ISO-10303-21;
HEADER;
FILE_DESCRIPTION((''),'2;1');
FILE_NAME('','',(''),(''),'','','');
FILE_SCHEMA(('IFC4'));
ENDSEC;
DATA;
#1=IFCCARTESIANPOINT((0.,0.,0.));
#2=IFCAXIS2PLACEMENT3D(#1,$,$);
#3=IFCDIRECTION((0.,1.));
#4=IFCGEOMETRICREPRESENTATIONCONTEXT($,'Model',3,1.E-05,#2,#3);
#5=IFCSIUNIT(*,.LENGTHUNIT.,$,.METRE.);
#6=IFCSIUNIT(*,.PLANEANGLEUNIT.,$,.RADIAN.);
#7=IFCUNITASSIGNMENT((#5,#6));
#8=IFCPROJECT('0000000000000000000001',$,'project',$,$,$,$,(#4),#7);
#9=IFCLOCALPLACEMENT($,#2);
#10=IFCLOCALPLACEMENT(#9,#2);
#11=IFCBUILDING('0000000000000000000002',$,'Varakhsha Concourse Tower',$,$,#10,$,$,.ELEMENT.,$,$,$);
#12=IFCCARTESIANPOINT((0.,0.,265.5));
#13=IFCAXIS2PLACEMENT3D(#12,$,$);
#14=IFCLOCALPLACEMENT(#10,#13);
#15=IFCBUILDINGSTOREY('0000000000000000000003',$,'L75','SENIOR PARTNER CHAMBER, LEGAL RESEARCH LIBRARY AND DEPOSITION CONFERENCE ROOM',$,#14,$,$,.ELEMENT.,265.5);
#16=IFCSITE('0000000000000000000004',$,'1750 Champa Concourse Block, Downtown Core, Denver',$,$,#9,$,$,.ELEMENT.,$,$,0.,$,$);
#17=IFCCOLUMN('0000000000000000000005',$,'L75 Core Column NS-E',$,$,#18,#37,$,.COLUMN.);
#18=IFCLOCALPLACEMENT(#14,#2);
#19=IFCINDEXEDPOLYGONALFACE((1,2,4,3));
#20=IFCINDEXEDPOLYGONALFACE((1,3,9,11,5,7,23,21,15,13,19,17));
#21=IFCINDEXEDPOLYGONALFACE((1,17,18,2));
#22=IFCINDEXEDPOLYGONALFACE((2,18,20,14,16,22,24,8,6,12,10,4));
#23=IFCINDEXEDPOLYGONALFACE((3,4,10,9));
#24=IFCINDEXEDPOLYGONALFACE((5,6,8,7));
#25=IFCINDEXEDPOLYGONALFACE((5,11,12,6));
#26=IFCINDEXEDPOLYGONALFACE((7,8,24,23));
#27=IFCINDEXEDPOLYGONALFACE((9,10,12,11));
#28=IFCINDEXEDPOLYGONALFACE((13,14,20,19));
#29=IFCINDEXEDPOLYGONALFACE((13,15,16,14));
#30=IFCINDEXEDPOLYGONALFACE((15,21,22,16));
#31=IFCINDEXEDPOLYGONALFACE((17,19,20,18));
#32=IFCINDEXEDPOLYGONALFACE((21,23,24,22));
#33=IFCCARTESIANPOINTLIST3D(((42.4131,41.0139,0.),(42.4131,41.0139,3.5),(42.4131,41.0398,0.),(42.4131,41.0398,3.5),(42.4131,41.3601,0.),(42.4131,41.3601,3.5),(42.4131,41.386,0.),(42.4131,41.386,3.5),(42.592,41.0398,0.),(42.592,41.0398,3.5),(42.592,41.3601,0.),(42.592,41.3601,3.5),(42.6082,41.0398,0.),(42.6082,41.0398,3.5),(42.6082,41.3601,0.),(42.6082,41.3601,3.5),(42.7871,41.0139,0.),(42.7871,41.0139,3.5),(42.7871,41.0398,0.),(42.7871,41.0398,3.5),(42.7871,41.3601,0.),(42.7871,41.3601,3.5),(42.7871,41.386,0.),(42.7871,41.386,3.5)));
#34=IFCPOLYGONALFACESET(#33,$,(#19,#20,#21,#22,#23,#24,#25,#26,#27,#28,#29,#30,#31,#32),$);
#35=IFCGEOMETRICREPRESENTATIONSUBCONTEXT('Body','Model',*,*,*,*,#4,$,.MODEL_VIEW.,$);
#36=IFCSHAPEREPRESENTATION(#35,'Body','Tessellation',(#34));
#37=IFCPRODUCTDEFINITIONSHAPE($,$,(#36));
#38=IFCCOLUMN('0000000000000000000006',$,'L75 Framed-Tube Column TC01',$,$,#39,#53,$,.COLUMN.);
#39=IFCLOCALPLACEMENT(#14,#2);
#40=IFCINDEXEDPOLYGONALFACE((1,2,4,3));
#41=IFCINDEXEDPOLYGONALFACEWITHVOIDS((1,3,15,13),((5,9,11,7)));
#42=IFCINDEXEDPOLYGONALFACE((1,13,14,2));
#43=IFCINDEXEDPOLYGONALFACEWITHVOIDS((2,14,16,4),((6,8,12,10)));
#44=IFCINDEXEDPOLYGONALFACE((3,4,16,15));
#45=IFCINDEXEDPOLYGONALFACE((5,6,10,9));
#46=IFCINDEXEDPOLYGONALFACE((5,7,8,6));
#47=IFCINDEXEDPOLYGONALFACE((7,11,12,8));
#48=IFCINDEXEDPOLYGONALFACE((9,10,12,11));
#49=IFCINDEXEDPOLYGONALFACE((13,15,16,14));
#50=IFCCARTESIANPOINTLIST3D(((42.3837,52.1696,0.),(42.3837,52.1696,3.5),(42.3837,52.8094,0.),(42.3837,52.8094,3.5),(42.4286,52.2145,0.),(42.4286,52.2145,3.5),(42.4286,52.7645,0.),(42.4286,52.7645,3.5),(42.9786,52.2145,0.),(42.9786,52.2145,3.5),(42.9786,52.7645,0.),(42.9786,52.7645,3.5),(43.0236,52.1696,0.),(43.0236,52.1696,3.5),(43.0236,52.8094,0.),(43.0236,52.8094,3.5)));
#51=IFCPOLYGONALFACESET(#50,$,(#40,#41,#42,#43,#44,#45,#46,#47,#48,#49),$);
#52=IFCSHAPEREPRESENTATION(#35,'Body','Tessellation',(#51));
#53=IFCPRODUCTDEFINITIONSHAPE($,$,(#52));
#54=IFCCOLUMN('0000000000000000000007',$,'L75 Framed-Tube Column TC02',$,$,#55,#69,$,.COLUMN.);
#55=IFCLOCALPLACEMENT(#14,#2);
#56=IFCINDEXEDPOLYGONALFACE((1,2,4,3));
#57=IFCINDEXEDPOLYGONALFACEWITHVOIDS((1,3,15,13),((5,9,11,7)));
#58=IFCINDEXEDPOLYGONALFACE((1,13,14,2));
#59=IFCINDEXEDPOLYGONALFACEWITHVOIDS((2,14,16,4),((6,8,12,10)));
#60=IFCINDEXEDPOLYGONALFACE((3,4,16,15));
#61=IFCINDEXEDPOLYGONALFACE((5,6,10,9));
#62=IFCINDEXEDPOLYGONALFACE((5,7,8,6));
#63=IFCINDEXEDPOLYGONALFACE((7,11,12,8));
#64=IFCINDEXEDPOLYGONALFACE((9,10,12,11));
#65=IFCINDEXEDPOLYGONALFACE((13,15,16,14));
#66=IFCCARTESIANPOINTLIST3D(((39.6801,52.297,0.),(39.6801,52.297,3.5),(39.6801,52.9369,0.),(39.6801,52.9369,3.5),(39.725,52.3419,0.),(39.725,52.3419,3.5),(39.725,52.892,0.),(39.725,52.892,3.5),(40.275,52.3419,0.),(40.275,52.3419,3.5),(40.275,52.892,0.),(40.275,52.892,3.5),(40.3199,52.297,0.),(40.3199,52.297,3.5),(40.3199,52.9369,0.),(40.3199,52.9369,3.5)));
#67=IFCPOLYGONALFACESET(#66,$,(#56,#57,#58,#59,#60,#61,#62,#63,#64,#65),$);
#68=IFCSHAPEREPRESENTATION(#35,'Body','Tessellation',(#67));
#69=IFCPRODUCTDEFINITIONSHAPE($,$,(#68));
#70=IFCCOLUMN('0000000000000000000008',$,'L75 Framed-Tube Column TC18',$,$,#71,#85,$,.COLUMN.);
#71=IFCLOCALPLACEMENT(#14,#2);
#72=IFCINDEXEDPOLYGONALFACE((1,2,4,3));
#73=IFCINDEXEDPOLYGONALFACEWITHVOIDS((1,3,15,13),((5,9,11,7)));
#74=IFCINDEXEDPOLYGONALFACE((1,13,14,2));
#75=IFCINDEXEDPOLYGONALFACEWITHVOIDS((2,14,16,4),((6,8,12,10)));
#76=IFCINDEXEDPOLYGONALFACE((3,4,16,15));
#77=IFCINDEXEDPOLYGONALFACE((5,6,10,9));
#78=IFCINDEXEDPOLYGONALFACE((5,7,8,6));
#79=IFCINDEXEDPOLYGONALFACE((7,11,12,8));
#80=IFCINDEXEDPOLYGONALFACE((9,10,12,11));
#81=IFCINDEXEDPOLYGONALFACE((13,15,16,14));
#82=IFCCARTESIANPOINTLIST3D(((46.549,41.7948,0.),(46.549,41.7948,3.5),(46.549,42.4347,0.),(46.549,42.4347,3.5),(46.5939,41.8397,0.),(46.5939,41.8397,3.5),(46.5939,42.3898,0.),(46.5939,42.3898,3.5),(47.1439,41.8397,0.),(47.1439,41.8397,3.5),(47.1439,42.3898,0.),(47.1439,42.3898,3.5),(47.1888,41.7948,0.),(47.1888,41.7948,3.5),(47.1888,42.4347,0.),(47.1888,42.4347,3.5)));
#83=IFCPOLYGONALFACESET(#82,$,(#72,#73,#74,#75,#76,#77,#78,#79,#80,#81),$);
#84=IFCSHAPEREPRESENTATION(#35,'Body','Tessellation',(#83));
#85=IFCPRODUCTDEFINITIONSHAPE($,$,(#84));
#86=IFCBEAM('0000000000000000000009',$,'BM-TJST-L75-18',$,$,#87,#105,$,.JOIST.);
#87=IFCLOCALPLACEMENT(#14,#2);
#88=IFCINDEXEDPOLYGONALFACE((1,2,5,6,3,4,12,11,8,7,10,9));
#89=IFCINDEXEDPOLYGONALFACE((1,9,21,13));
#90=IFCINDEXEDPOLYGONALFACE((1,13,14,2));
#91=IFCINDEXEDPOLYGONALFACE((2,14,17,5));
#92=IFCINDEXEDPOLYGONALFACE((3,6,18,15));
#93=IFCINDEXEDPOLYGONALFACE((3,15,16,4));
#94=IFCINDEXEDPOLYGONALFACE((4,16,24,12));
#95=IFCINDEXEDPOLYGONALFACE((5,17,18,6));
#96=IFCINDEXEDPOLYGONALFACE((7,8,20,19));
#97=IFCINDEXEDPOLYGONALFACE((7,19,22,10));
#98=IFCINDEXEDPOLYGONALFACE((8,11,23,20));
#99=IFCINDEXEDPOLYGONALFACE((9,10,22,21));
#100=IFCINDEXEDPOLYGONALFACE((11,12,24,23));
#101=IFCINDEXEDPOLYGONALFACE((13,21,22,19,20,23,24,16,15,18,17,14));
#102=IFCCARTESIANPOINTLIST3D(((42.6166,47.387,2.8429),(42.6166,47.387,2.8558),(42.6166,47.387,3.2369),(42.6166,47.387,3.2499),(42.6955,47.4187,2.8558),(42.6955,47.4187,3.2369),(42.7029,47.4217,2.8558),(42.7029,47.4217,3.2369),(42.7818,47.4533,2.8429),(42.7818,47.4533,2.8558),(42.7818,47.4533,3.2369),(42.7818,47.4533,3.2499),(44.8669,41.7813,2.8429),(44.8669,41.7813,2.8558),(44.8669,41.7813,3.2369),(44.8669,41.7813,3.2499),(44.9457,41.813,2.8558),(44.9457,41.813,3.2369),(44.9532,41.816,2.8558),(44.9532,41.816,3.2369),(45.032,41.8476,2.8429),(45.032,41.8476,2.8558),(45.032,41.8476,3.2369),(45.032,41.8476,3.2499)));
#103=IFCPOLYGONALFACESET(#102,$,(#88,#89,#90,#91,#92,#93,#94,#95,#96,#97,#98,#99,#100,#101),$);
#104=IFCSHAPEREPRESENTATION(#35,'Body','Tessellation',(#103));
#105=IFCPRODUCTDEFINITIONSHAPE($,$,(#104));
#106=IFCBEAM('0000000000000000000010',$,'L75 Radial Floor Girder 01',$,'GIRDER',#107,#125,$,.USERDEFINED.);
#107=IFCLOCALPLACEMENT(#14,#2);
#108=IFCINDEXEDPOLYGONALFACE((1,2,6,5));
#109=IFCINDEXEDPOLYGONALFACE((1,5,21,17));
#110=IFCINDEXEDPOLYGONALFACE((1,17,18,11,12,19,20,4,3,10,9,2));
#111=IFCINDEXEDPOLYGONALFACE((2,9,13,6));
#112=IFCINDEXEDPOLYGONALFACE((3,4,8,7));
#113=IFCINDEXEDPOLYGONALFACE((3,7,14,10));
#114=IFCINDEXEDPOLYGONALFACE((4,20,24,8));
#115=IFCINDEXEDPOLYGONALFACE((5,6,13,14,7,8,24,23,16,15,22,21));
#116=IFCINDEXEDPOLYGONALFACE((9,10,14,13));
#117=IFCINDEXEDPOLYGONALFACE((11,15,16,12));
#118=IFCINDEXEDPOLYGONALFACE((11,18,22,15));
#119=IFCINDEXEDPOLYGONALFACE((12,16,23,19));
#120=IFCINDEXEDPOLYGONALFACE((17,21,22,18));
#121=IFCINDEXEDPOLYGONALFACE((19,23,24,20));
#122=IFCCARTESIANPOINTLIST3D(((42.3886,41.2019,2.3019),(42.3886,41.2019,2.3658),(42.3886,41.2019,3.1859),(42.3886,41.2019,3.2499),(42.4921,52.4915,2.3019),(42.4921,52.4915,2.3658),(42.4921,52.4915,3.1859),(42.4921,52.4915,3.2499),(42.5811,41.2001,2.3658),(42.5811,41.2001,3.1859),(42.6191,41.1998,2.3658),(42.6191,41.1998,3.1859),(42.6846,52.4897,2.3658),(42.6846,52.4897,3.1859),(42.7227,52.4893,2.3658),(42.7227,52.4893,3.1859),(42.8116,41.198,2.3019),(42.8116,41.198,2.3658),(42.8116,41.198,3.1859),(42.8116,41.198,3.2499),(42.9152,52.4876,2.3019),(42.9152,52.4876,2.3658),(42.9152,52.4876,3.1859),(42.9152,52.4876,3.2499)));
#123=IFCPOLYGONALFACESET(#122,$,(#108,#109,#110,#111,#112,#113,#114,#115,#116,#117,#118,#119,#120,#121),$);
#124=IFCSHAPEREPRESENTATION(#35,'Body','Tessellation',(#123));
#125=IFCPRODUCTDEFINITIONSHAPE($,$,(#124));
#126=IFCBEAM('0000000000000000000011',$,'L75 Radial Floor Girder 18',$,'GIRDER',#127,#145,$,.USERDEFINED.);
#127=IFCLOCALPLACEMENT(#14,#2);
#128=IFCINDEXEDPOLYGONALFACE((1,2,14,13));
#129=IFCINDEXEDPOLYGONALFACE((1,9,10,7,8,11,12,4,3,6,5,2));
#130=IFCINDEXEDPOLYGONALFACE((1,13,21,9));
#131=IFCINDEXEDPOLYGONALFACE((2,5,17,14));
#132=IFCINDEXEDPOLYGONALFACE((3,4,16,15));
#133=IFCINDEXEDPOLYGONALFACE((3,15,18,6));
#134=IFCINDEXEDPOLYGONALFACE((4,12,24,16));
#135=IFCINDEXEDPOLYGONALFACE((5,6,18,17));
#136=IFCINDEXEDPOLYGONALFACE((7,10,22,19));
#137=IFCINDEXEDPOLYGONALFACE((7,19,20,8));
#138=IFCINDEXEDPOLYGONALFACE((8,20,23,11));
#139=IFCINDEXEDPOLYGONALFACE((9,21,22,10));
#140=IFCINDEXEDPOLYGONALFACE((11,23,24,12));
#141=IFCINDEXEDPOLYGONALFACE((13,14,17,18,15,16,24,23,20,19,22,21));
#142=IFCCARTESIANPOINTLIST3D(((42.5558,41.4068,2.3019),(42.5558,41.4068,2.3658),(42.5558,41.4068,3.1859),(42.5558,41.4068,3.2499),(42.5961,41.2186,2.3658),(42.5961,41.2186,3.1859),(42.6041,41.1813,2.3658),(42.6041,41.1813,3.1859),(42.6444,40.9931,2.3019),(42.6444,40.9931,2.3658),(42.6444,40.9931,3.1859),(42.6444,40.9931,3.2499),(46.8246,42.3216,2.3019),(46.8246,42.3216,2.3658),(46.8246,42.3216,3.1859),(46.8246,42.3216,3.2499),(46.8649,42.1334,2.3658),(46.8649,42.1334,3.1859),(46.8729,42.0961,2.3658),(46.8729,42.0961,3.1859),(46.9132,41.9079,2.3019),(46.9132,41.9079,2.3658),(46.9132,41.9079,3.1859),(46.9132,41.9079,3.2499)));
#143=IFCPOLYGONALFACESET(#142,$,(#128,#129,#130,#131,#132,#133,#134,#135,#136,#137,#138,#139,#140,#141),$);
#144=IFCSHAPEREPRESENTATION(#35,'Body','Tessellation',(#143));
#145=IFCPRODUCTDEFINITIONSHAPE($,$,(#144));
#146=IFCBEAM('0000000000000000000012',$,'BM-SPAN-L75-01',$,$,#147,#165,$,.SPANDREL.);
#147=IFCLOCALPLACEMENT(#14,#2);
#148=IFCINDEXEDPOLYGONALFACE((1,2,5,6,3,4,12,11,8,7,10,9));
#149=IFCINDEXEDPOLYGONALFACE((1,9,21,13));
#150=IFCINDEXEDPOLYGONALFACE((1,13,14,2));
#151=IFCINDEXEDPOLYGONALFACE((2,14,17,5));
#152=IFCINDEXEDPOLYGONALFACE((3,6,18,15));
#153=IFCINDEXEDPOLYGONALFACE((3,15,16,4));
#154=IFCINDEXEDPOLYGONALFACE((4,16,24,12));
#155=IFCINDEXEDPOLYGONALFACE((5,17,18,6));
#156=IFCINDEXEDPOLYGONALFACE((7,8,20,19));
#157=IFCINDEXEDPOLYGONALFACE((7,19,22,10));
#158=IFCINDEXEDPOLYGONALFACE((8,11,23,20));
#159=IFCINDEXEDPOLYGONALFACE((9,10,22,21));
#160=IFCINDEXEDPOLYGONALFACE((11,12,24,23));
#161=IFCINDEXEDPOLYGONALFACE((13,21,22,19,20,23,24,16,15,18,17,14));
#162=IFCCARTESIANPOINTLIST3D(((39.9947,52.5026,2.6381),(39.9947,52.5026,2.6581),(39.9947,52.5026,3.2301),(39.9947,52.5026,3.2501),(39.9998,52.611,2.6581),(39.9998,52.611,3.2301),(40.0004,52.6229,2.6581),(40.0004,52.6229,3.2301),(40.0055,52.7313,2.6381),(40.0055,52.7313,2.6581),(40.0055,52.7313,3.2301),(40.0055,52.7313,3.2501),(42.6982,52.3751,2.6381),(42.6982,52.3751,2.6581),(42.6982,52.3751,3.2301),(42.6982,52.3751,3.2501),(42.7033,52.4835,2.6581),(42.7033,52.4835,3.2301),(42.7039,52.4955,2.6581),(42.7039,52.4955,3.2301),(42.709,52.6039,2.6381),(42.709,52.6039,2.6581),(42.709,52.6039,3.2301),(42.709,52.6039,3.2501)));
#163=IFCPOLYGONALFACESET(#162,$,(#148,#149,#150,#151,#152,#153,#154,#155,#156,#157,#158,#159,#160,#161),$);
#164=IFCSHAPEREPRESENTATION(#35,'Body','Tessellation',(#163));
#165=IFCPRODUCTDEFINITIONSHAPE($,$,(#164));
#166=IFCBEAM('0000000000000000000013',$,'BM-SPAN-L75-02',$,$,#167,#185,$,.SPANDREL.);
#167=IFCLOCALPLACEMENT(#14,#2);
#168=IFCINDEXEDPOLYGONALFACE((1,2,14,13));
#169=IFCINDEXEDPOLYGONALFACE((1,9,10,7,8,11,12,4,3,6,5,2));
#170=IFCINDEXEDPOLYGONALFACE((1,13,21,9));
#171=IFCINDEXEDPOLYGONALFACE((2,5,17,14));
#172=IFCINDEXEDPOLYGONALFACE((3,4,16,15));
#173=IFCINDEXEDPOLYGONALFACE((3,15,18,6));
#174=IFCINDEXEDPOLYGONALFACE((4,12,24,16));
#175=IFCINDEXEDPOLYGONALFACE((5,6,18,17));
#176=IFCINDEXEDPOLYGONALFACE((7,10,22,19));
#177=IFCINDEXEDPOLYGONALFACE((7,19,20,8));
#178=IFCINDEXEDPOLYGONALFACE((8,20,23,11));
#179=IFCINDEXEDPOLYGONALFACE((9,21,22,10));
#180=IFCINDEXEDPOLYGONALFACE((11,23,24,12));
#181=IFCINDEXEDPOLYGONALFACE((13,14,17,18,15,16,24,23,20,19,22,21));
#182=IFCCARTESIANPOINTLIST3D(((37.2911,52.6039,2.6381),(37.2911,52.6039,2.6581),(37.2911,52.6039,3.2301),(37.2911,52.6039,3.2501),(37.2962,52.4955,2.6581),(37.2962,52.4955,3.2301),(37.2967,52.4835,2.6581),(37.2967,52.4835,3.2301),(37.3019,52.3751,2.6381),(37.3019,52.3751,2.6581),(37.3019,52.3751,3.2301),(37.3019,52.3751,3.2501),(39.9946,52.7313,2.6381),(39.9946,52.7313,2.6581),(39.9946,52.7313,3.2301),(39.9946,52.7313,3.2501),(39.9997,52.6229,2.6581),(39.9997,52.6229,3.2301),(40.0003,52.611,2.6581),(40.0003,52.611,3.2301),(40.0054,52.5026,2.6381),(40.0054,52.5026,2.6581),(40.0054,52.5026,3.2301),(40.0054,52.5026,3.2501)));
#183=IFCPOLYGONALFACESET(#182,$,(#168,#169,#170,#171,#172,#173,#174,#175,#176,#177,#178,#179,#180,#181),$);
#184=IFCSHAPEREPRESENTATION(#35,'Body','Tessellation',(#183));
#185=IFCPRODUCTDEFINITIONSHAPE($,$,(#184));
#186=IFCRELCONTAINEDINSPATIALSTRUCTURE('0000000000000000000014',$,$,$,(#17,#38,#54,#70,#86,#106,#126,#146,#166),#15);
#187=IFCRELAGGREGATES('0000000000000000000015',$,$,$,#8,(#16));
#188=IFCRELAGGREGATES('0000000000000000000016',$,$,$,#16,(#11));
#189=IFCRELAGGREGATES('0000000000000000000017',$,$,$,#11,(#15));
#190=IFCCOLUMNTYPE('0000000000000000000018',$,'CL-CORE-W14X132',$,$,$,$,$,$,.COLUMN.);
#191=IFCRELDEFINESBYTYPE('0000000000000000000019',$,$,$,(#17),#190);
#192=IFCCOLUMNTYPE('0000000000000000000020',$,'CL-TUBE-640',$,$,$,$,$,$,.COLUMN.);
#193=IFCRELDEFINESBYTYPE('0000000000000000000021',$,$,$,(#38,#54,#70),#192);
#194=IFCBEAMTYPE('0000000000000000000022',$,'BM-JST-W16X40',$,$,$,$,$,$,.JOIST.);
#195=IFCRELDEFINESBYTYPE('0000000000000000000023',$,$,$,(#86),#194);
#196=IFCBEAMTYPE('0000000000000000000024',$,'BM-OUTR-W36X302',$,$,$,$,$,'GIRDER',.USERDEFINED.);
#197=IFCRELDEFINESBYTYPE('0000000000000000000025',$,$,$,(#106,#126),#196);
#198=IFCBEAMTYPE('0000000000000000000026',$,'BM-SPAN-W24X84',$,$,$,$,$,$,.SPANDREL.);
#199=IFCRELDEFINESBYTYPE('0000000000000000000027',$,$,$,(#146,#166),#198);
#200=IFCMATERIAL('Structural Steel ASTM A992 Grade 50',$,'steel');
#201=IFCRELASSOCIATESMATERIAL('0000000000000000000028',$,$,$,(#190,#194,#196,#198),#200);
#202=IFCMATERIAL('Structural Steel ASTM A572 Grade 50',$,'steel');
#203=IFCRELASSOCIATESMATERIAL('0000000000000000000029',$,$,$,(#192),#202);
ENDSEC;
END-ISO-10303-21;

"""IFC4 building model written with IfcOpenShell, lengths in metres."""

from ifc_helpers import new_model, si_unit, direction, frame, origin, origin_2d, place, context, subcontext, project, spatial, hollow_rectangle, i_section, extrude, material, material_profile, profile_set, type_object, element, save


model = new_model("IFC4")

# Units and contexts
model_context = context("Model", 3, precision=1e-05, world=origin(), true_north=direction((0.0, 1.0)))
body_context = subcontext(model_context, "Body", "Model", "MODEL_VIEW")
ifc_project = project(units=[si_unit("LENGTHUNIT", "METRE"), si_unit("PLANEANGLEUNIT", "RADIAN")], contexts=[model_context])

# Site, building, storey
site_placement = place(None, origin())
site = spatial("IfcSite", under=ifc_project, at=site_placement, Name="1750 Champa Concourse Block, Downtown Core, Denver", CompositionType="ELEMENT", RefElevation=0.0)
building_placement = place(site_placement, origin())
building = spatial("IfcBuilding", under=site, at=building_placement, Name="Varakhsha Concourse Tower", CompositionType="ELEMENT")
storey_placement = place(building_placement, frame((0.0, 0.0, 265.5)))
storey = spatial("IfcBuildingStorey", under=building, at=storey_placement, Name="L75", Description="SENIOR PARTNER CHAMBER, LEGAL RESEARCH LIBRARY AND DEPOSITION CONFERENCE ROOM", CompositionType="ELEMENT", Elevation=265.5)

# Columns
ifc_material_1 = material(Name="Structural Steel ASTM A992 Grade 50", Category="steel")
ifc_material_profile_1 = material_profile(ifc_material_1, i_section(OverallWidth=0.374, OverallDepth=0.3721, WebThickness=0.0161, FlangeThickness=0.0259, at=origin_2d()), Name="W14X132")
ifc_profile_set_1 = profile_set([ifc_material_profile_1], Name="Structural Steel ASTM A992 Grade 50")
column_type_1 = type_object("IfcColumnType", Name="CL-CORE-W14X132", PredefinedType="COLUMN", material=ifc_profile_set_1)
column_placement = place(storey_placement, frame((42.6001, 41.2, 0.0), z_axis=(0.0, 0.0, 1.0), x_axis=(1.0, 0.0, 0.0)))
element("IfcColumn", 1, at=column_placement, inside=storey, type_object=column_type_1, Name="L75 Core Column NS-E", PredefinedType="COLUMN", context=body_context, shape_type="SweptSolid", body=[
    extrude(i_section(OverallWidth=0.374, OverallDepth=0.3721, WebThickness=0.0161, FlangeThickness=0.0259, at=origin_2d()), origin(), (0.0, 0.0, 1.0), 3.5),
])
ifc_material_2 = material(Name="Structural Steel ASTM A572 Grade 50", Category="steel")
ifc_material_profile_2 = material_profile(ifc_material_2, hollow_rectangle(XDim=0.6399, YDim=0.6399, WallThickness=0.0449, at=origin_2d()), Name="BOX 640x640x45")
ifc_profile_set_2 = profile_set([ifc_material_profile_2], Name="Structural Steel ASTM A572 Grade 50")
column_type_2 = type_object("IfcColumnType", Name="CL-TUBE-640", PredefinedType="COLUMN", material=ifc_profile_set_2)
for number, where, z_axis, x_axis, name in (
    (2, (42.7036, 52.4895, 0.0), (0.0, 0.0, 1.0), (1.0, 0.0, 0.0), "L75 Framed-Tube Column TC01"),
    (3, (40.0, 52.6169, 0.0), (0.0, 0.0, 1.0), (1.0, 0.0, 0.0), "L75 Framed-Tube Column TC02"),
    (4, (46.8689, 42.1147, 0.0), (0.0, 0.0, 1.0), (1.0, 0.0, 0.0), "L75 Framed-Tube Column TC18"),
):
    element("IfcColumn", number, at=place(storey_placement, frame(where, z_axis=z_axis, x_axis=x_axis)), inside=storey, type_object=column_type_2, Name=name, PredefinedType="COLUMN", context=body_context, shape_type="SweptSolid", body=[
        extrude(hollow_rectangle(XDim=0.6399, YDim=0.6399, WallThickness=0.0449, at=origin_2d()), origin(), (0.0, 0.0, 1.0), 3.5),
    ])

# Beams
ifc_material_profile_3 = material_profile(ifc_material_1, i_section(OverallWidth=0.178, OverallDepth=0.407, WebThickness=0.0081, FlangeThickness=0.0129, at=origin_2d()), Name="W16X40")
ifc_profile_set_3 = profile_set([ifc_material_profile_3], Name="Structural Steel ASTM A992 Grade 50")
beam_type_1 = type_object("IfcBeamType", Name="BM-JST-W16X40", PredefinedType="JOIST", material=ifc_profile_set_3)
beam_1_placement = place(storey_placement, frame((44.9495, 41.8145, 3.0464), z_axis=(-0.372526, 0.928022, 0.0), x_axis=(-0.928022, -0.372526, 0.0)))
element("IfcBeam", 5, at=beam_1_placement, inside=storey, type_object=beam_type_1, Name="BM-TJST-L75-18", PredefinedType="JOIST", context=body_context, shape_type="SweptSolid", body=[
    extrude(i_section(OverallWidth=0.178, OverallDepth=0.407, WebThickness=0.0081, FlangeThickness=0.0129, at=origin_2d()), origin(), (0.0, 0.0, 1.0), 6.0405),
])
ifc_material_profile_4 = material_profile(ifc_material_1, i_section(OverallWidth=0.4231, OverallDepth=0.948, WebThickness=0.0381, FlangeThickness=0.064, at=origin_2d()), Name="W36X302")
ifc_profile_set_4 = profile_set([ifc_material_profile_4], Name="Structural Steel ASTM A992 Grade 50")
beam_type_2 = type_object("IfcBeamType", Name="BM-OUTR-W36X302", ElementType="GIRDER", PredefinedType="USERDEFINED", material=ifc_profile_set_4)
beam_2_placement = place(storey_placement, frame((42.6001, 41.2, 2.7759), z_axis=(0.009169, 0.999958, 0.0), x_axis=(-0.999958, 0.009169, 0.0)))
element("IfcBeam", 6, at=beam_2_placement, inside=storey, type_object=beam_type_2, Name="L75 Radial Floor Girder 01", ObjectType="GIRDER", PredefinedType="USERDEFINED", context=body_context, shape_type="SweptSolid", body=[
    extrude(i_section(OverallWidth=0.4231, OverallDepth=0.948, WebThickness=0.0381, FlangeThickness=0.064, at=origin_2d()), origin(), (0.0, 0.0, 1.0), 11.29),
])
beam_3_placement = place(storey_placement, frame((42.6001, 41.2, 2.7759), z_axis=(0.9778, 0.209541, 0.0), x_axis=(-0.209541, 0.9778, 0.0)))
element("IfcBeam", 7, at=beam_3_placement, inside=storey, type_object=beam_type_2, Name="L75 Radial Floor Girder 18", ObjectType="GIRDER", PredefinedType="USERDEFINED", context=body_context, shape_type="SweptSolid", body=[
    extrude(i_section(OverallWidth=0.4231, OverallDepth=0.948, WebThickness=0.0381, FlangeThickness=0.064, at=origin_2d()), origin(), (0.0, 0.0, 1.0), 4.3657),
])
ifc_material_profile_5 = material_profile(ifc_material_1, i_section(OverallWidth=0.229, OverallDepth=0.6121, WebThickness=0.012, FlangeThickness=0.02, at=origin_2d()), Name="W24X84")
ifc_profile_set_5 = profile_set([ifc_material_profile_5], Name="Structural Steel ASTM A992 Grade 50")
beam_type_3 = type_object("IfcBeamType", Name="BM-SPAN-W24X84", PredefinedType="SPANDREL", material=ifc_profile_set_5)
for number, where, z_axis, x_axis, name in (
    (8, (42.7036, 52.4895, 2.9441), (-0.998891, 0.047085, 0.0), (-0.047085, -0.998891, 0.0), "BM-SPAN-L75-01"),
    (9, (40.0, 52.6169, 2.9441), (-0.998891, -0.047085, 0.0), (0.047085, -0.998891, 0.0), "BM-SPAN-L75-02"),
):
    element("IfcBeam", number, at=place(storey_placement, frame(where, z_axis=z_axis, x_axis=x_axis)), inside=storey, type_object=beam_type_3, Name=name, PredefinedType="SPANDREL", context=body_context, shape_type="SweptSolid", body=[
        extrude(i_section(OverallWidth=0.229, OverallDepth=0.6121, WebThickness=0.012, FlangeThickness=0.02, at=origin_2d()), origin(), (0.0, 0.0, 1.0), 2.7065),
    ])

save(model, "model.ifc")
